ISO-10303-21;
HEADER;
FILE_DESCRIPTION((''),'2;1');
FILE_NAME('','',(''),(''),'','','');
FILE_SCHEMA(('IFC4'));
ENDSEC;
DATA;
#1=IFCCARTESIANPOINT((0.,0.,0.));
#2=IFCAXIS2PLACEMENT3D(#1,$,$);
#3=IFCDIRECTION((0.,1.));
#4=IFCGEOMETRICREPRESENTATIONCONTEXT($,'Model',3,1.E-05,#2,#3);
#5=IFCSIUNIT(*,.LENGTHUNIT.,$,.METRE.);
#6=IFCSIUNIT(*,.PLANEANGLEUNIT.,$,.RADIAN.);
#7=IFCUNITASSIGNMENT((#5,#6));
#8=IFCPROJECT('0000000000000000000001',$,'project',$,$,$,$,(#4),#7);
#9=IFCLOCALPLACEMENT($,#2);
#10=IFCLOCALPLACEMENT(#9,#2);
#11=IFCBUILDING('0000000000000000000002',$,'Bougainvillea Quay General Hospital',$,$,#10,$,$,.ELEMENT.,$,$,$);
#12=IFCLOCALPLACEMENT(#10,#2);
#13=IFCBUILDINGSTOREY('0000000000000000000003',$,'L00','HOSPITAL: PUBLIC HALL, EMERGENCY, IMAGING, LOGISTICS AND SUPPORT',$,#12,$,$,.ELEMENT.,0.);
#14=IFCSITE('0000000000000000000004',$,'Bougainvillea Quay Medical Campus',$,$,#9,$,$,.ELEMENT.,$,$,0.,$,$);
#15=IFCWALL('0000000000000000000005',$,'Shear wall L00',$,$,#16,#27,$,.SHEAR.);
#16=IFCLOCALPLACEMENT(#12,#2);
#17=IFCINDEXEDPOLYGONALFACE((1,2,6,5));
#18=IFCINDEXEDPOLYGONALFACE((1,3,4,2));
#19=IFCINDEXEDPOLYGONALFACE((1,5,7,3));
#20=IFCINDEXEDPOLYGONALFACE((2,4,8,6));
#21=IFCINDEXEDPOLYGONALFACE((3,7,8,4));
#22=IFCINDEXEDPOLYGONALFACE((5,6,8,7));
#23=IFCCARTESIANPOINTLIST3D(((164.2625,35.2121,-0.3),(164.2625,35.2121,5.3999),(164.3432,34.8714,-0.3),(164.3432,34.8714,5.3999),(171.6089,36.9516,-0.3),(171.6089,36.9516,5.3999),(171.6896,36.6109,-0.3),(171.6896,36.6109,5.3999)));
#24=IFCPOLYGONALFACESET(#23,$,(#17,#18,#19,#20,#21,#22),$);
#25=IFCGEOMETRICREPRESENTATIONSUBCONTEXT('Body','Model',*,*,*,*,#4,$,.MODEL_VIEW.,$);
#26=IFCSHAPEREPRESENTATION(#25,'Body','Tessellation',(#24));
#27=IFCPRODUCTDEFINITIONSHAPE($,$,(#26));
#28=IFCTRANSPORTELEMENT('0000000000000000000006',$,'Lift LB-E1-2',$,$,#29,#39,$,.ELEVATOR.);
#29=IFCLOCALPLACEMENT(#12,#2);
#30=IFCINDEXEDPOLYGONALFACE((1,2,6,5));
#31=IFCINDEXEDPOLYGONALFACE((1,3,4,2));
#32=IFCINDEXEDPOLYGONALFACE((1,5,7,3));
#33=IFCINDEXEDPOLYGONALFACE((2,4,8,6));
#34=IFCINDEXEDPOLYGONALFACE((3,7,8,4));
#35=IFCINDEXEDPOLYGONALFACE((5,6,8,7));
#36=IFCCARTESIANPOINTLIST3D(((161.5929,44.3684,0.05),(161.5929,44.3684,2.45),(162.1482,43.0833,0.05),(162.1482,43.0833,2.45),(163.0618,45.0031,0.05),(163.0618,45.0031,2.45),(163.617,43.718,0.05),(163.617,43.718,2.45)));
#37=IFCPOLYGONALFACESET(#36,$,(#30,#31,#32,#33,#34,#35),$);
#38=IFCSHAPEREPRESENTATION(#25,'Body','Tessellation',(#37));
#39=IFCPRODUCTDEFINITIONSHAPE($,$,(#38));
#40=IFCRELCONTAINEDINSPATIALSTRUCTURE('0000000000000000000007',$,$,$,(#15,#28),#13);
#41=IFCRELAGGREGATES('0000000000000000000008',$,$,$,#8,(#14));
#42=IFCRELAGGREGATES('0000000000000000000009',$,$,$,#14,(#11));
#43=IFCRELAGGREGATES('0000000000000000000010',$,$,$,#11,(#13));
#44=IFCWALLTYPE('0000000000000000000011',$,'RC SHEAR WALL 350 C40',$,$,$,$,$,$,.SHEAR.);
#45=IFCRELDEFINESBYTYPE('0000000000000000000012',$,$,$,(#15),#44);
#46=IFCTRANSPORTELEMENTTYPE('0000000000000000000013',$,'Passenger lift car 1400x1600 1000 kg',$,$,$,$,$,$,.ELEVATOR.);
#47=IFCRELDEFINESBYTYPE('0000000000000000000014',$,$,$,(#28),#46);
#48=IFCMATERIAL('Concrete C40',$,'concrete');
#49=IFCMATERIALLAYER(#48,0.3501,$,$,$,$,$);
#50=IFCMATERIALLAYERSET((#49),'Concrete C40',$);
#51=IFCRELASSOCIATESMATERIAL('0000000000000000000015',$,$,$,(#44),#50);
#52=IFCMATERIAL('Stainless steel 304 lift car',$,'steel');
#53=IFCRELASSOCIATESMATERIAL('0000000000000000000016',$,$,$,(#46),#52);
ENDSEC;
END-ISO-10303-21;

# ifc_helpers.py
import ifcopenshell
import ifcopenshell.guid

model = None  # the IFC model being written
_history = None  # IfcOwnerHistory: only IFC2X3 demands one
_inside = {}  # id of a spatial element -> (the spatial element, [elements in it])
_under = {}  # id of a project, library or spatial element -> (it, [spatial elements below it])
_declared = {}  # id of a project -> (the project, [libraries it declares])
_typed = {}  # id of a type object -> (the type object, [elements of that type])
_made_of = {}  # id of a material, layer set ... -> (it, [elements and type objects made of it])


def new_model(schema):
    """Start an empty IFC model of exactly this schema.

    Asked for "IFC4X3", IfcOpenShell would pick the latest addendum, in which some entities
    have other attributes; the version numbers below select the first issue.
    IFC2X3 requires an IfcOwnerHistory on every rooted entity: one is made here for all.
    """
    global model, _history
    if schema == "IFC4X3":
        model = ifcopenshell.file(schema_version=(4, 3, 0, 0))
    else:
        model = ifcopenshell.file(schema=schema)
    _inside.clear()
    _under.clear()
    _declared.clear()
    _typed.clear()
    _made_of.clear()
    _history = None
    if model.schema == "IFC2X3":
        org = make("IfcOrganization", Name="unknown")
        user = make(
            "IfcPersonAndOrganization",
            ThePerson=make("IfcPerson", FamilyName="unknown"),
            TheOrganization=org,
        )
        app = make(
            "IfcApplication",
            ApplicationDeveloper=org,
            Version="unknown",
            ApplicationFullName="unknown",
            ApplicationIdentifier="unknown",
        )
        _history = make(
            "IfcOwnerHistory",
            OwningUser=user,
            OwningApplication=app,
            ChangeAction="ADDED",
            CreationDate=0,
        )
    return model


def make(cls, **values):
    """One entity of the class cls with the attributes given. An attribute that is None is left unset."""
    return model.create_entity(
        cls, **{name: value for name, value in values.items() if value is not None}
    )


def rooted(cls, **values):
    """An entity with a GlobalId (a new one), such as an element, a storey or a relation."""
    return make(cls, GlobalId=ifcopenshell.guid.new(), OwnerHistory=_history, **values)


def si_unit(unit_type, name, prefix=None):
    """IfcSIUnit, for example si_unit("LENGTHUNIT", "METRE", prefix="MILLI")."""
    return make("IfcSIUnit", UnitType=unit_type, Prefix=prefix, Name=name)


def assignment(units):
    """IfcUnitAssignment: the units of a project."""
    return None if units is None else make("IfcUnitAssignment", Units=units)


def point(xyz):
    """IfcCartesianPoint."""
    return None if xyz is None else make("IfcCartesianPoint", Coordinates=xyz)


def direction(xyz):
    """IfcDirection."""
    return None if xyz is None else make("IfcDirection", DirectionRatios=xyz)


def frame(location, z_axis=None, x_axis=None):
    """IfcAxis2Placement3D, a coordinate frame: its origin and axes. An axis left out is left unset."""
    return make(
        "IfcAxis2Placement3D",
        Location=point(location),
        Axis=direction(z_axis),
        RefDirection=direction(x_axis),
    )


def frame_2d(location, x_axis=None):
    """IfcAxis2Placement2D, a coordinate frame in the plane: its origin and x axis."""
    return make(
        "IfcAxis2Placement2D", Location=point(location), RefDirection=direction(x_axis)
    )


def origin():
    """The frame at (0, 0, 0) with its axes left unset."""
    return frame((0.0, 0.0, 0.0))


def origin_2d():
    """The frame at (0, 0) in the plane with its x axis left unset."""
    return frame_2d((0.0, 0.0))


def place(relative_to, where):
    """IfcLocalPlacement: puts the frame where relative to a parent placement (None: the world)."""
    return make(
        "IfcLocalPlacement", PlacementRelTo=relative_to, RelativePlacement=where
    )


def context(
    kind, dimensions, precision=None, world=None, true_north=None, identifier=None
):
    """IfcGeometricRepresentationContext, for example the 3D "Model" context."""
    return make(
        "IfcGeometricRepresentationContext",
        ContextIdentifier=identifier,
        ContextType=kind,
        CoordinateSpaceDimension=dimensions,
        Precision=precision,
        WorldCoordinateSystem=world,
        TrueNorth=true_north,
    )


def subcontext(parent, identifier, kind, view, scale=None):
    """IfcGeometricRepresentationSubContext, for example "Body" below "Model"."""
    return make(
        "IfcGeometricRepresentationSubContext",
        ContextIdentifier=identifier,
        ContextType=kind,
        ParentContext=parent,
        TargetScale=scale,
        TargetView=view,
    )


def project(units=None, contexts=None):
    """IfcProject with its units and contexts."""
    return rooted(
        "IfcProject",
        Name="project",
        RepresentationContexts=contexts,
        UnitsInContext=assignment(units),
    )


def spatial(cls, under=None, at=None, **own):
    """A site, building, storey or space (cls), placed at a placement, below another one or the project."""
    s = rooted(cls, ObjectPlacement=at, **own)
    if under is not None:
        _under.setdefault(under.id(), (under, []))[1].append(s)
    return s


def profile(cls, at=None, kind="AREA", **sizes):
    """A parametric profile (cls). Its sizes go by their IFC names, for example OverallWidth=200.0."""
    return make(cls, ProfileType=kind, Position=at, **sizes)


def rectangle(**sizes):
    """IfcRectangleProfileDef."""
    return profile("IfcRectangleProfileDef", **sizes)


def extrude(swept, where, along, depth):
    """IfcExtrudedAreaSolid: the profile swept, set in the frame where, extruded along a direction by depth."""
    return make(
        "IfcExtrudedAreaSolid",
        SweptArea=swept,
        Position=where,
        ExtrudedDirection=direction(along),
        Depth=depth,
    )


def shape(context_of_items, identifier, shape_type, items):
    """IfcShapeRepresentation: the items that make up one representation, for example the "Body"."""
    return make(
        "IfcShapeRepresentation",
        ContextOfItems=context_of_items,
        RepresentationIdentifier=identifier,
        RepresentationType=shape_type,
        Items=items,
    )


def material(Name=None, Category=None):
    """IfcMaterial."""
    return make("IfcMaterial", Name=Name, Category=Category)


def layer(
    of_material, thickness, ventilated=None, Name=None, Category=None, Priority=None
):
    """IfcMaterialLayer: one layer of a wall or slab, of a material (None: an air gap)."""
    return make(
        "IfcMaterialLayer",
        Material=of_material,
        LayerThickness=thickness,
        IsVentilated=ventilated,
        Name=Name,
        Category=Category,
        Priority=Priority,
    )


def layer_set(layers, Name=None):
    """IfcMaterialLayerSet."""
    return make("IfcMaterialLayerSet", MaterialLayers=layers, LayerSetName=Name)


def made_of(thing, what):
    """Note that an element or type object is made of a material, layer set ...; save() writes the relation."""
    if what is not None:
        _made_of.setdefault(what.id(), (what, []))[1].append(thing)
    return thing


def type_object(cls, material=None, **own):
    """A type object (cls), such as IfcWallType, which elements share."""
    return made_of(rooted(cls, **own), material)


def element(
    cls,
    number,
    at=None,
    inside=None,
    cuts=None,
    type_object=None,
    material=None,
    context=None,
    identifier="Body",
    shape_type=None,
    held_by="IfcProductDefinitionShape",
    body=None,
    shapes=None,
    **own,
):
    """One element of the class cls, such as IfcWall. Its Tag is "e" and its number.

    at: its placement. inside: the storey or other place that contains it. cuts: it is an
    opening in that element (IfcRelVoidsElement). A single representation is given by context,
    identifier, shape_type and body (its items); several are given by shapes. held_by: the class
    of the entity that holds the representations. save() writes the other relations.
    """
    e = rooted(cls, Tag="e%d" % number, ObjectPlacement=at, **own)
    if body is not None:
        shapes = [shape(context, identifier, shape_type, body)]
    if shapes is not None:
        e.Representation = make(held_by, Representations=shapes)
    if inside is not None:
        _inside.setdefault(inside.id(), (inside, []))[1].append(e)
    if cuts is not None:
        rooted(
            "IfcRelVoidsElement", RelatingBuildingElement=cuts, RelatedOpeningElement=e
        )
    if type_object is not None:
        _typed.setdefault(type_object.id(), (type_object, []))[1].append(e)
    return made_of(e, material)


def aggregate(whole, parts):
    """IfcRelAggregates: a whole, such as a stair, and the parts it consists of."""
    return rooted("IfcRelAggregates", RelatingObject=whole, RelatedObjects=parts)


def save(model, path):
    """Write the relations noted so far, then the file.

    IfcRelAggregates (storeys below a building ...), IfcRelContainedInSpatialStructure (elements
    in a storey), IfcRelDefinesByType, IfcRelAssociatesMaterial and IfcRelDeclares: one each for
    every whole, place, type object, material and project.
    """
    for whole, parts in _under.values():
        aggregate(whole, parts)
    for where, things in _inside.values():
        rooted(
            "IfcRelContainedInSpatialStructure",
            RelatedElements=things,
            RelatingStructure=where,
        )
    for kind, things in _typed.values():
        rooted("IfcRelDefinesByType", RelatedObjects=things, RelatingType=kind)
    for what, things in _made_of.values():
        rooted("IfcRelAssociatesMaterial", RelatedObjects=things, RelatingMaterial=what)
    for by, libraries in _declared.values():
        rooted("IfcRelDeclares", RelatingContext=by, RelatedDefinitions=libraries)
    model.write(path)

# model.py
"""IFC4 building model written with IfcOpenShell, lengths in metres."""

from ifc_helpers import new_model, si_unit, direction, frame, frame_2d, origin, origin_2d, place, context, subcontext, project, spatial, rectangle, extrude, material, layer, layer_set, type_object, element, save


model = new_model("IFC4")

# Units and contexts
model_context = context("Model", 3, precision=1e-05, world=origin(), true_north=direction((0.0, 1.0)))
body_context = subcontext(model_context, "Body", "Model", "MODEL_VIEW")
ifc_project = project(units=[si_unit("LENGTHUNIT", "METRE"), si_unit("PLANEANGLEUNIT", "RADIAN")], contexts=[model_context])

# Site, building, storey
site_placement = place(None, origin())
site = spatial("IfcSite", under=ifc_project, at=site_placement, Name="Bougainvillea Quay Medical Campus", CompositionType="ELEMENT", RefElevation=0.0)
building_placement = place(site_placement, origin())
building = spatial("IfcBuilding", under=site, at=building_placement, Name="Bougainvillea Quay General Hospital", CompositionType="ELEMENT")
storey_placement = place(building_placement, origin())
storey = spatial("IfcBuildingStorey", under=building, at=storey_placement, Name="L00", Description="HOSPITAL: PUBLIC HALL, EMERGENCY, IMAGING, LOGISTICS AND SUPPORT", CompositionType="ELEMENT", Elevation=0.0)

# Shared definitions
ifc_material_1 = material(Name="Concrete C40", Category="concrete")

# Wall
ifc_layer_1 = layer(ifc_material_1, 0.3501)
ifc_layer_set_1 = layer_set([ifc_layer_1], Name="Concrete C40")
wall_type_1 = type_object("IfcWallType", Name="RC SHEAR WALL 350 C40", PredefinedType="SHEAR", material=ifc_layer_set_1)
wall_1_placement = place(storey_placement, frame((164.3027, 35.0417, -0.3), z_axis=(0.0, 0.0, 1.0), x_axis=(0.973093, 0.230411, 0.0)))
element("IfcWall", 1, at=wall_1_placement, inside=storey, type_object=wall_type_1, Name="Shear wall L00", PredefinedType="SHEAR", context=body_context, shape_type="SweptSolid", body=[
    extrude(rectangle(XDim=7.5496, YDim=0.3501, at=frame_2d((3.7749, 0.0))), origin(), (0.0, 0.0, 1.0), 5.7),
])

# Transport element
ifc_material_2 = material(Name="Stainless steel 304 lift car", Category="steel")
transport_element_type = type_object("IfcTransportElementType", Name="Passenger lift car 1400x1600 1000 kg", PredefinedType="ELEVATOR", material=ifc_material_2)
transport_element_placement = place(storey_placement, frame((162.605, 44.0432, 0.05), z_axis=(0.0, 0.0, 1.0), x_axis=(0.396647, -0.917971, 0.0)))
element("IfcTransportElement", 2, at=transport_element_placement, inside=storey, type_object=transport_element_type, Name="Lift LB-E1-2", PredefinedType="ELEVATOR", context=body_context, shape_type="SweptSolid", body=[
    extrude(rectangle(XDim=1.3999, YDim=1.6001, at=origin_2d()), origin(), (0.0, 0.0, 1.0), 2.3999),
])

save(model, "model.ifc")
